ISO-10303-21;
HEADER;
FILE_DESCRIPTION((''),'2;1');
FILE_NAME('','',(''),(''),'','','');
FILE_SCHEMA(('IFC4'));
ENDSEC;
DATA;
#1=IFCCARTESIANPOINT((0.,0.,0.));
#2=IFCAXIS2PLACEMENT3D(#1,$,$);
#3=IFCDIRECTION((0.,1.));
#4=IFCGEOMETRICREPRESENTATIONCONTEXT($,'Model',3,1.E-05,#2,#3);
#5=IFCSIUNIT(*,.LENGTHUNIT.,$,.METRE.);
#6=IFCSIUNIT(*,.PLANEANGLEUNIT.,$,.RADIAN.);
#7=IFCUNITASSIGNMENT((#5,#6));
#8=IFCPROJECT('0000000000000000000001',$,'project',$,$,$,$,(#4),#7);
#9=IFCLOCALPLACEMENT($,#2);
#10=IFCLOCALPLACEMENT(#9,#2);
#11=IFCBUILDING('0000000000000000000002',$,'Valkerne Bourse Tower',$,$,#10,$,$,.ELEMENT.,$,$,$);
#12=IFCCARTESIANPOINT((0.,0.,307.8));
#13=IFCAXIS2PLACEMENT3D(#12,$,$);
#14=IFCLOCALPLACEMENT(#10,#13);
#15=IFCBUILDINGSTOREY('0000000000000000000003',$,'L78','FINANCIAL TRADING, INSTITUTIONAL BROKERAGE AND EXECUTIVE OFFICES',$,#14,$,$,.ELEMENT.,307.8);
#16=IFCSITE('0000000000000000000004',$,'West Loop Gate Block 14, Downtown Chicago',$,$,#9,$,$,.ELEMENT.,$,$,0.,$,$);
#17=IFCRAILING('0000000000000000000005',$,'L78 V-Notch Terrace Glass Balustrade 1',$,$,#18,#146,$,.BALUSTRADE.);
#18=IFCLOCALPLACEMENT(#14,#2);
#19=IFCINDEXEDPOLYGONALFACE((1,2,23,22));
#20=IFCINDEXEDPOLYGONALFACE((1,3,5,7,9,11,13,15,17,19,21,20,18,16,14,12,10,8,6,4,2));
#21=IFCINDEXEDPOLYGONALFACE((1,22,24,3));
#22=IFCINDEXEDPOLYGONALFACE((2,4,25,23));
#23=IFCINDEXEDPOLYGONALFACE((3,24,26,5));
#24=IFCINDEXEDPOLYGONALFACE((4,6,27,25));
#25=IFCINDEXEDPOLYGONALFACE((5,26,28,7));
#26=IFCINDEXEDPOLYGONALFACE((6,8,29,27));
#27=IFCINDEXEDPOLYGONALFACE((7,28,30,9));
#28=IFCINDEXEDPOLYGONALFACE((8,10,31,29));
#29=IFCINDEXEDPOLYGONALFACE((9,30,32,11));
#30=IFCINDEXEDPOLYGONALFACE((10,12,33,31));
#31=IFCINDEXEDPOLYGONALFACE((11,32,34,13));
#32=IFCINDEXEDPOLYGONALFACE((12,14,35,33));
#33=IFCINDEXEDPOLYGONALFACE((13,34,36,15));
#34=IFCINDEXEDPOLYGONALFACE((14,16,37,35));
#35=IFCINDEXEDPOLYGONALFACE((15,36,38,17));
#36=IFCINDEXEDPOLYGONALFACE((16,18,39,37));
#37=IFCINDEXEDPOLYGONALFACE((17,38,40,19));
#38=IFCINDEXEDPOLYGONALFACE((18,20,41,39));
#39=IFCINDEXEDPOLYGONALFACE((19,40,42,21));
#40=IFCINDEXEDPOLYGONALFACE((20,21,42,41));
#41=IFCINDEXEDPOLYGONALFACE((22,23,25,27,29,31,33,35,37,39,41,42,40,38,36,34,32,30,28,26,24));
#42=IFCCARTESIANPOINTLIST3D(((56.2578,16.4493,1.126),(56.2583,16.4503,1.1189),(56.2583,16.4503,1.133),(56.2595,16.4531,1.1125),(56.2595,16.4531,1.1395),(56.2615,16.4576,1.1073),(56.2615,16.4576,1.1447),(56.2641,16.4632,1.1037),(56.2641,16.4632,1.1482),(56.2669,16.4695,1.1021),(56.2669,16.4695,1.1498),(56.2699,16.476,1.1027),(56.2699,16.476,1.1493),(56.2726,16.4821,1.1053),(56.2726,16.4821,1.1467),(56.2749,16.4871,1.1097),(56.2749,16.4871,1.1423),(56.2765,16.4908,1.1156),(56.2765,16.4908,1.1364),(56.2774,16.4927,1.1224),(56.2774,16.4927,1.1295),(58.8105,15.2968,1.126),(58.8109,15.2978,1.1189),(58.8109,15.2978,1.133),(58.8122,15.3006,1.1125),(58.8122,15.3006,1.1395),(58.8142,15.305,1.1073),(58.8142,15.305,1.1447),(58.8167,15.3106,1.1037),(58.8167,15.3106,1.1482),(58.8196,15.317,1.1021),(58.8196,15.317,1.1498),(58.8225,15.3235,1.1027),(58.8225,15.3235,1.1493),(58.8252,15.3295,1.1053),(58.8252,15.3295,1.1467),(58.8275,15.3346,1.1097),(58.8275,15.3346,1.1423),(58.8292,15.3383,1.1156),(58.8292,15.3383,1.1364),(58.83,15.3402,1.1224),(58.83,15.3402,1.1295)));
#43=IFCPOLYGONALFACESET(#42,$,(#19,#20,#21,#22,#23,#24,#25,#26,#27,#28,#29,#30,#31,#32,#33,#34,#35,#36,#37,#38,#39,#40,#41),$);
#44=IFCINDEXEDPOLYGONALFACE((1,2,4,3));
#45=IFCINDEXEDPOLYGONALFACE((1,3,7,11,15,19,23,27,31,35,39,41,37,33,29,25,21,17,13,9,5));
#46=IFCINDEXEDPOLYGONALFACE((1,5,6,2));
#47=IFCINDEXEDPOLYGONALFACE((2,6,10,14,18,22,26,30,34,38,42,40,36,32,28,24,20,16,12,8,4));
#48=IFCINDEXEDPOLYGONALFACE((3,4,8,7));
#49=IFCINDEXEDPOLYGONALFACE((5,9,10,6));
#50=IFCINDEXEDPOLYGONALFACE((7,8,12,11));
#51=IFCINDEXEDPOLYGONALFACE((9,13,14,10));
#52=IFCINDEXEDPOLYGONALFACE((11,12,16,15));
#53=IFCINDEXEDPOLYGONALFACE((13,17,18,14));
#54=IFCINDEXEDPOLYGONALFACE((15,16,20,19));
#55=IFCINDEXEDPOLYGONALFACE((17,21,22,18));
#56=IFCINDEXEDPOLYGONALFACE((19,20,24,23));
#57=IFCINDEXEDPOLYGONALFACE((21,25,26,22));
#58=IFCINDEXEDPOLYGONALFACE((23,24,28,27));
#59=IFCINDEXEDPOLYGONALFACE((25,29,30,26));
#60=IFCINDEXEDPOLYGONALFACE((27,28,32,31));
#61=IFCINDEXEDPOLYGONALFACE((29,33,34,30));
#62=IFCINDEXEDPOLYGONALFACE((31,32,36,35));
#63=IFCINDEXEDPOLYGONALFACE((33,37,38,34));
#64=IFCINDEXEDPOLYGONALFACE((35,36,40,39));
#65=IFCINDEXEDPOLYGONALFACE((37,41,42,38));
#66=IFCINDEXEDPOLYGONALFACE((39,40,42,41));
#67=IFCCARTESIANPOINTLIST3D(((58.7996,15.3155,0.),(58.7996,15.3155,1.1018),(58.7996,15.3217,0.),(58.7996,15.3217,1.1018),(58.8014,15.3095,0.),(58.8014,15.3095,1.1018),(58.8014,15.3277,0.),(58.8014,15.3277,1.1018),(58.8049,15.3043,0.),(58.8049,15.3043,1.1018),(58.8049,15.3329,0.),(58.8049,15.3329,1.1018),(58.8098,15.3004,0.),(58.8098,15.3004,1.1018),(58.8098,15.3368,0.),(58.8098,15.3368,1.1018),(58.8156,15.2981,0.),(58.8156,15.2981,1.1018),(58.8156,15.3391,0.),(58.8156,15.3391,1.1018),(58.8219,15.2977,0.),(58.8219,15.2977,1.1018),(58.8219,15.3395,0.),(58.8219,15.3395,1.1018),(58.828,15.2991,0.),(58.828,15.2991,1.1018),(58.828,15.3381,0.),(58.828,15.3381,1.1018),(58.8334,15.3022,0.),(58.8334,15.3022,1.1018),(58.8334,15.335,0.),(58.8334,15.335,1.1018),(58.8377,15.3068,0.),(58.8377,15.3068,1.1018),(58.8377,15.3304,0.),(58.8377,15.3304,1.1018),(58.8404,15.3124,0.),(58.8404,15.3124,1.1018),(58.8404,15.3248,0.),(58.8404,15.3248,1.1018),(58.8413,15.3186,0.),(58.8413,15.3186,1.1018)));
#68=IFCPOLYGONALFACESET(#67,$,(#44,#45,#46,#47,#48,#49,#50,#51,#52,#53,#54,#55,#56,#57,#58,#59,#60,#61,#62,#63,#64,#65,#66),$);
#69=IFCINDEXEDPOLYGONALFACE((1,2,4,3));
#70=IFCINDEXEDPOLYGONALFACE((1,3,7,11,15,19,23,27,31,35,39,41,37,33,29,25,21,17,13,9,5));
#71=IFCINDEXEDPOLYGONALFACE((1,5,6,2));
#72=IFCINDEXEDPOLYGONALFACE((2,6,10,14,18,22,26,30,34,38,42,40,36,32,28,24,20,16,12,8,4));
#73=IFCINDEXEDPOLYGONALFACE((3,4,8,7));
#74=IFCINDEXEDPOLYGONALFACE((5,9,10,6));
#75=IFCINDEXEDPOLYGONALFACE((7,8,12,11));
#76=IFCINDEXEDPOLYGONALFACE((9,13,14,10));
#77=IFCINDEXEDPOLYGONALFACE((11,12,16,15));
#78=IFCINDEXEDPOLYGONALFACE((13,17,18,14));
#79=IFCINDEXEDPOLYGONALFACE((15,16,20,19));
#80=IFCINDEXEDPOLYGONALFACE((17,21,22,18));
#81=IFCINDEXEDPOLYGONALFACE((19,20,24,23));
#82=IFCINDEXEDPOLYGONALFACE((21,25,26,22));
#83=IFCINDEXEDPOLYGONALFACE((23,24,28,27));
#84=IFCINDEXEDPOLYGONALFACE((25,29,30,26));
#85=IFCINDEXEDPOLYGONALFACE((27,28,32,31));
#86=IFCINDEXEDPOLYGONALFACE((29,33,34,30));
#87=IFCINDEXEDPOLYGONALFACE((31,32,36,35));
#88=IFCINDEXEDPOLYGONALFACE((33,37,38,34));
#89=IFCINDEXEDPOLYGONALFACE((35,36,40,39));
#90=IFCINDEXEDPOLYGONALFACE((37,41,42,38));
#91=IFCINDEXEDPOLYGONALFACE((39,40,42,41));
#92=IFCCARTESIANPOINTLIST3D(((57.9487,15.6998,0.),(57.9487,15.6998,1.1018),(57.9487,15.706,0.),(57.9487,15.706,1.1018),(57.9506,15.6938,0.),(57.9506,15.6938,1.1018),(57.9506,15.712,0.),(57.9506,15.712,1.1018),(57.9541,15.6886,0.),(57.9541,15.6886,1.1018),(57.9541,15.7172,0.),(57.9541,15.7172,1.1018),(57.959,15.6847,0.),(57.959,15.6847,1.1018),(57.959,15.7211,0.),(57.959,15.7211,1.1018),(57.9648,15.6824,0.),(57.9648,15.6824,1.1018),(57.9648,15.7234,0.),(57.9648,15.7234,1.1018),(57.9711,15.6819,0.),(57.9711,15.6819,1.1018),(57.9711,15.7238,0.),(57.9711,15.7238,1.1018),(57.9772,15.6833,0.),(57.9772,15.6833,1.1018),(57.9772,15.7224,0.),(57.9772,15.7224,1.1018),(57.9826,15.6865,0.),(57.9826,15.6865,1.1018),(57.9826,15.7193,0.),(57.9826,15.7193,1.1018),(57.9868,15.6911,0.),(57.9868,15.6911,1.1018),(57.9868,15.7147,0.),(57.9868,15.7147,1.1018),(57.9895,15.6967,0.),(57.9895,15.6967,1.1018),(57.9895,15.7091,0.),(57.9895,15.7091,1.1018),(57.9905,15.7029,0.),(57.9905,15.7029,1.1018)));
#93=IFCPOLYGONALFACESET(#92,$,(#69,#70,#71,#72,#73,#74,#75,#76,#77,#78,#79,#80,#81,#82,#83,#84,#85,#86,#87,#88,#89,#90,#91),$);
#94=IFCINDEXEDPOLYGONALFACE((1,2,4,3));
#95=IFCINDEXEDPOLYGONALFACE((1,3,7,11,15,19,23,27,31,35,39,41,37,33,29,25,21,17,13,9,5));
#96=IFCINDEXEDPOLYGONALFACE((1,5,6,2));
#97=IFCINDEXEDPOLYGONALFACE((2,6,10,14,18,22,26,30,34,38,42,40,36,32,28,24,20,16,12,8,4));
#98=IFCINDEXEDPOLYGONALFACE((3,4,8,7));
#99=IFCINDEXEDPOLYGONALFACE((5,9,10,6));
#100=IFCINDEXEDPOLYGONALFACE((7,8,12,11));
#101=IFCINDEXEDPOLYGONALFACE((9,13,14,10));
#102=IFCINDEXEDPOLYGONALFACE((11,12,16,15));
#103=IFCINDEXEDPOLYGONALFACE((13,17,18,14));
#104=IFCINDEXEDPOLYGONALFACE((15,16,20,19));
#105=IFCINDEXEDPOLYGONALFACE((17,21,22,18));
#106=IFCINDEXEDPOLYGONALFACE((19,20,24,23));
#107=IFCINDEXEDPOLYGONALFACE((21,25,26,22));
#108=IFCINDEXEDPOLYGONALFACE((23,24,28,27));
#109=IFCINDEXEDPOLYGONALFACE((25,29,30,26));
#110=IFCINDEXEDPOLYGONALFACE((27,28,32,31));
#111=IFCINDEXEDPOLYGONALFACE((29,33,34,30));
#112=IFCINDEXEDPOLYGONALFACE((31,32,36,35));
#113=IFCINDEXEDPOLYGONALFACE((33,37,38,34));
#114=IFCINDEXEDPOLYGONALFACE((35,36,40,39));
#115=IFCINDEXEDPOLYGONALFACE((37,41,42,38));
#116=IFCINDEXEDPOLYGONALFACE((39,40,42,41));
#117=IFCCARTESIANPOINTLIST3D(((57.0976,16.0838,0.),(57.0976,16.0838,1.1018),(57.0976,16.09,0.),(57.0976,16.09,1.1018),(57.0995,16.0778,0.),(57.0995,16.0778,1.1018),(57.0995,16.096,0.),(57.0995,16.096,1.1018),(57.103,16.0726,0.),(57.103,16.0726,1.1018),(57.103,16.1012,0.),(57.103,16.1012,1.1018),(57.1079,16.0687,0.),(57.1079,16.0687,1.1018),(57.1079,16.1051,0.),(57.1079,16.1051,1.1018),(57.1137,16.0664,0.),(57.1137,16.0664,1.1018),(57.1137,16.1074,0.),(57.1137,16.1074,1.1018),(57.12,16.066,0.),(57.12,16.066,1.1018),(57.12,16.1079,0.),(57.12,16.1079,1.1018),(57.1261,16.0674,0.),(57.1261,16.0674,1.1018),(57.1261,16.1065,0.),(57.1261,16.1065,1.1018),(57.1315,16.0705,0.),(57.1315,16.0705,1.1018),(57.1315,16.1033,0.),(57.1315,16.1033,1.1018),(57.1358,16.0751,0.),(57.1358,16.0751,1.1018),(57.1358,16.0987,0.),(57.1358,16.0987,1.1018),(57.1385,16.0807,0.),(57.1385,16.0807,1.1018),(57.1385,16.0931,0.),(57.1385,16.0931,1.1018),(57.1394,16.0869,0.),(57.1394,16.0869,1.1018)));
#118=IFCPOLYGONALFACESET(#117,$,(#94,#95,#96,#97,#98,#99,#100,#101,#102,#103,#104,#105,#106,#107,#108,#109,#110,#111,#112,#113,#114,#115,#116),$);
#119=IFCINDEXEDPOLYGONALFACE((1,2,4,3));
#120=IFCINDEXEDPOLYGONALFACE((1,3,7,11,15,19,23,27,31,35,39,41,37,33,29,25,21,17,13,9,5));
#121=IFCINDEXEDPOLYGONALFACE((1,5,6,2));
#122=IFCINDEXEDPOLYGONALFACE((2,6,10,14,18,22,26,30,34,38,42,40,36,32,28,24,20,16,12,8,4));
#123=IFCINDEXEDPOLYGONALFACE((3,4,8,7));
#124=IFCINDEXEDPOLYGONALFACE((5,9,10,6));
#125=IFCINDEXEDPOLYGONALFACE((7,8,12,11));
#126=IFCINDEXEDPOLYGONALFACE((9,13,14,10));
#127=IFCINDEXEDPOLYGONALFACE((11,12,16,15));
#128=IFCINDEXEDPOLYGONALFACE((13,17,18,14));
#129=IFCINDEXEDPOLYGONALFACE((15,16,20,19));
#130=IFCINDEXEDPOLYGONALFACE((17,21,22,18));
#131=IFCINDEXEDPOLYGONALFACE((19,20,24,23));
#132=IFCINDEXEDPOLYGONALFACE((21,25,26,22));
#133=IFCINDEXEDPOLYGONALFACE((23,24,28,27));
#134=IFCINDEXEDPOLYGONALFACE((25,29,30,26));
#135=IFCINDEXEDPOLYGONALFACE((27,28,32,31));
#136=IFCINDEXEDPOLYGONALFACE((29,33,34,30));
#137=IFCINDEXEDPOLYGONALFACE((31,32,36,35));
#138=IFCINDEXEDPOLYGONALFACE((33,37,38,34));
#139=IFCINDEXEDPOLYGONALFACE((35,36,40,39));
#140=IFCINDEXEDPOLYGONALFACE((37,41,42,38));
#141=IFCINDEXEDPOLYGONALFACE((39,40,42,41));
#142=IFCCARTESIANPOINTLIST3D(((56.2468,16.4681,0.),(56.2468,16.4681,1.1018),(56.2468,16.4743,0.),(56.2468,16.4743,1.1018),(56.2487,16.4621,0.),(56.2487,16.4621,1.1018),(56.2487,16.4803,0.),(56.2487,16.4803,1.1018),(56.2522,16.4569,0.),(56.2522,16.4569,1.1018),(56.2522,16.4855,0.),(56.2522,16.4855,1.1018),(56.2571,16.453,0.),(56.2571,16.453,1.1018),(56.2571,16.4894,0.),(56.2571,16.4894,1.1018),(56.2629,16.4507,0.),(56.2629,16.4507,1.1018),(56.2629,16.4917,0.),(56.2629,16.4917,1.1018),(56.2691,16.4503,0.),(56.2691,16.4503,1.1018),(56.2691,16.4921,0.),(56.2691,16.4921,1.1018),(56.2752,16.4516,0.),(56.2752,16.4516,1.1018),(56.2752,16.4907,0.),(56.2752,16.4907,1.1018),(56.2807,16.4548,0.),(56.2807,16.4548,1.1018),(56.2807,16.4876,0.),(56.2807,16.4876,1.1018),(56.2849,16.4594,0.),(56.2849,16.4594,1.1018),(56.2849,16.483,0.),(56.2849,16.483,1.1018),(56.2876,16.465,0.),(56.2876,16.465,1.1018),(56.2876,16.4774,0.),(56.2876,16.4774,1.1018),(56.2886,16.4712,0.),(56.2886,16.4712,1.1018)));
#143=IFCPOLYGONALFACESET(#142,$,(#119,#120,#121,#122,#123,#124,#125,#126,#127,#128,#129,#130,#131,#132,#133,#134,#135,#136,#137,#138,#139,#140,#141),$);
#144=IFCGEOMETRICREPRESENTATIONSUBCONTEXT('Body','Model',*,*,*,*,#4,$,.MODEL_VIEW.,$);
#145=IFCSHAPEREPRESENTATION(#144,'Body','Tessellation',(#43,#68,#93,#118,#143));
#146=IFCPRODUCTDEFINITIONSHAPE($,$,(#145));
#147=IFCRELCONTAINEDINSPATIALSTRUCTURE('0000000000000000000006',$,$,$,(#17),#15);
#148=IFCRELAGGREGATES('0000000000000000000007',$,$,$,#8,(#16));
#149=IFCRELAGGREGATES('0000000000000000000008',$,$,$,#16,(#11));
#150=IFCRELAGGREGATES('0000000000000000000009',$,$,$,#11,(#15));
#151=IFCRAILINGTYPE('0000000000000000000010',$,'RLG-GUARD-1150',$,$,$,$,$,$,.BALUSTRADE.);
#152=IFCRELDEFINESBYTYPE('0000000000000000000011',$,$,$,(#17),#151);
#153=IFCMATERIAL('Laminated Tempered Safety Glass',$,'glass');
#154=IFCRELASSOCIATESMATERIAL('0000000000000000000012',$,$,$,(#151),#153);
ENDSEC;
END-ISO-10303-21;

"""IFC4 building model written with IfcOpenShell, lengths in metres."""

from ifc_helpers import new_model, si_unit, direction, frame, origin, origin_2d, place, context, subcontext, project, spatial, circle, extrude, material, type_object, element, save


model = new_model("IFC4")

# Units and contexts
model_context = context("Model", 3, precision=1e-05, world=origin(), true_north=direction((0.0, 1.0)))
body_context = subcontext(model_context, "Body", "Model", "MODEL_VIEW")
ifc_project = project(units=[si_unit("LENGTHUNIT", "METRE"), si_unit("PLANEANGLEUNIT", "RADIAN")], contexts=[model_context])

# Site, building, storey
site_placement = place(None, origin())
site = spatial("IfcSite", under=ifc_project, at=site_placement, Name="West Loop Gate Block 14, Downtown Chicago", CompositionType="ELEMENT", RefElevation=0.0)
building_placement = place(site_placement, origin())
building = spatial("IfcBuilding", under=site, at=building_placement, Name="Valkerne Bourse Tower", CompositionType="ELEMENT")
storey_placement = place(building_placement, frame((0.0, 0.0, 307.8)))
storey = spatial("IfcBuildingStorey", under=building, at=storey_placement, Name="L78", Description="FINANCIAL TRADING, INSTITUTIONAL BROKERAGE AND EXECUTIVE OFFICES", CompositionType="ELEMENT", Elevation=307.8)

# Railing
ifc_material_1 = material(Name="Laminated Tempered Safety Glass", Category="glass")
railing_type_1 = type_object("IfcRailingType", Name="RLG-GUARD-1150", PredefinedType="BALUSTRADE", material=ifc_material_1)
railing_1_placement = place(storey_placement, frame((58.8203, 15.3186, 0.0)))
element("IfcRailing", 1, at=railing_1_placement, inside=storey, type_object=railing_type_1, Name="L78 V-Notch Terrace Glass Balustrade 1", PredefinedType="BALUSTRADE", context=body_context, shape_type="SweptSolid", body=[
    extrude(circle(Radius=0.0239, at=origin_2d()), frame((0.0, 0.0, 1.126), z_axis=(-0.911405, 0.41151, 0.0), x_axis=(-0.41151, -0.911405, 0.0)), (0.0, 0.0, 1.0), 2.8008),
    extrude(circle(Radius=0.021, at=origin_2d()), origin(), (0.0, 0.0, 1.0), 1.1018),
    extrude(circle(Radius=0.021, at=origin_2d()), frame((-0.8508, 0.3843, 0.0)), (0.0, 0.0, 1.0), 1.1018),
    extrude(circle(Radius=0.021, at=origin_2d()), frame((-1.7019, 0.7683, 0.0)), (0.0, 0.0, 1.0), 1.1018),
    extrude(circle(Radius=0.021, at=origin_2d()), frame((-2.5527, 1.1526, 0.0)), (0.0, 0.0, 1.0), 1.1018),
])

save(model, "model.ifc")
